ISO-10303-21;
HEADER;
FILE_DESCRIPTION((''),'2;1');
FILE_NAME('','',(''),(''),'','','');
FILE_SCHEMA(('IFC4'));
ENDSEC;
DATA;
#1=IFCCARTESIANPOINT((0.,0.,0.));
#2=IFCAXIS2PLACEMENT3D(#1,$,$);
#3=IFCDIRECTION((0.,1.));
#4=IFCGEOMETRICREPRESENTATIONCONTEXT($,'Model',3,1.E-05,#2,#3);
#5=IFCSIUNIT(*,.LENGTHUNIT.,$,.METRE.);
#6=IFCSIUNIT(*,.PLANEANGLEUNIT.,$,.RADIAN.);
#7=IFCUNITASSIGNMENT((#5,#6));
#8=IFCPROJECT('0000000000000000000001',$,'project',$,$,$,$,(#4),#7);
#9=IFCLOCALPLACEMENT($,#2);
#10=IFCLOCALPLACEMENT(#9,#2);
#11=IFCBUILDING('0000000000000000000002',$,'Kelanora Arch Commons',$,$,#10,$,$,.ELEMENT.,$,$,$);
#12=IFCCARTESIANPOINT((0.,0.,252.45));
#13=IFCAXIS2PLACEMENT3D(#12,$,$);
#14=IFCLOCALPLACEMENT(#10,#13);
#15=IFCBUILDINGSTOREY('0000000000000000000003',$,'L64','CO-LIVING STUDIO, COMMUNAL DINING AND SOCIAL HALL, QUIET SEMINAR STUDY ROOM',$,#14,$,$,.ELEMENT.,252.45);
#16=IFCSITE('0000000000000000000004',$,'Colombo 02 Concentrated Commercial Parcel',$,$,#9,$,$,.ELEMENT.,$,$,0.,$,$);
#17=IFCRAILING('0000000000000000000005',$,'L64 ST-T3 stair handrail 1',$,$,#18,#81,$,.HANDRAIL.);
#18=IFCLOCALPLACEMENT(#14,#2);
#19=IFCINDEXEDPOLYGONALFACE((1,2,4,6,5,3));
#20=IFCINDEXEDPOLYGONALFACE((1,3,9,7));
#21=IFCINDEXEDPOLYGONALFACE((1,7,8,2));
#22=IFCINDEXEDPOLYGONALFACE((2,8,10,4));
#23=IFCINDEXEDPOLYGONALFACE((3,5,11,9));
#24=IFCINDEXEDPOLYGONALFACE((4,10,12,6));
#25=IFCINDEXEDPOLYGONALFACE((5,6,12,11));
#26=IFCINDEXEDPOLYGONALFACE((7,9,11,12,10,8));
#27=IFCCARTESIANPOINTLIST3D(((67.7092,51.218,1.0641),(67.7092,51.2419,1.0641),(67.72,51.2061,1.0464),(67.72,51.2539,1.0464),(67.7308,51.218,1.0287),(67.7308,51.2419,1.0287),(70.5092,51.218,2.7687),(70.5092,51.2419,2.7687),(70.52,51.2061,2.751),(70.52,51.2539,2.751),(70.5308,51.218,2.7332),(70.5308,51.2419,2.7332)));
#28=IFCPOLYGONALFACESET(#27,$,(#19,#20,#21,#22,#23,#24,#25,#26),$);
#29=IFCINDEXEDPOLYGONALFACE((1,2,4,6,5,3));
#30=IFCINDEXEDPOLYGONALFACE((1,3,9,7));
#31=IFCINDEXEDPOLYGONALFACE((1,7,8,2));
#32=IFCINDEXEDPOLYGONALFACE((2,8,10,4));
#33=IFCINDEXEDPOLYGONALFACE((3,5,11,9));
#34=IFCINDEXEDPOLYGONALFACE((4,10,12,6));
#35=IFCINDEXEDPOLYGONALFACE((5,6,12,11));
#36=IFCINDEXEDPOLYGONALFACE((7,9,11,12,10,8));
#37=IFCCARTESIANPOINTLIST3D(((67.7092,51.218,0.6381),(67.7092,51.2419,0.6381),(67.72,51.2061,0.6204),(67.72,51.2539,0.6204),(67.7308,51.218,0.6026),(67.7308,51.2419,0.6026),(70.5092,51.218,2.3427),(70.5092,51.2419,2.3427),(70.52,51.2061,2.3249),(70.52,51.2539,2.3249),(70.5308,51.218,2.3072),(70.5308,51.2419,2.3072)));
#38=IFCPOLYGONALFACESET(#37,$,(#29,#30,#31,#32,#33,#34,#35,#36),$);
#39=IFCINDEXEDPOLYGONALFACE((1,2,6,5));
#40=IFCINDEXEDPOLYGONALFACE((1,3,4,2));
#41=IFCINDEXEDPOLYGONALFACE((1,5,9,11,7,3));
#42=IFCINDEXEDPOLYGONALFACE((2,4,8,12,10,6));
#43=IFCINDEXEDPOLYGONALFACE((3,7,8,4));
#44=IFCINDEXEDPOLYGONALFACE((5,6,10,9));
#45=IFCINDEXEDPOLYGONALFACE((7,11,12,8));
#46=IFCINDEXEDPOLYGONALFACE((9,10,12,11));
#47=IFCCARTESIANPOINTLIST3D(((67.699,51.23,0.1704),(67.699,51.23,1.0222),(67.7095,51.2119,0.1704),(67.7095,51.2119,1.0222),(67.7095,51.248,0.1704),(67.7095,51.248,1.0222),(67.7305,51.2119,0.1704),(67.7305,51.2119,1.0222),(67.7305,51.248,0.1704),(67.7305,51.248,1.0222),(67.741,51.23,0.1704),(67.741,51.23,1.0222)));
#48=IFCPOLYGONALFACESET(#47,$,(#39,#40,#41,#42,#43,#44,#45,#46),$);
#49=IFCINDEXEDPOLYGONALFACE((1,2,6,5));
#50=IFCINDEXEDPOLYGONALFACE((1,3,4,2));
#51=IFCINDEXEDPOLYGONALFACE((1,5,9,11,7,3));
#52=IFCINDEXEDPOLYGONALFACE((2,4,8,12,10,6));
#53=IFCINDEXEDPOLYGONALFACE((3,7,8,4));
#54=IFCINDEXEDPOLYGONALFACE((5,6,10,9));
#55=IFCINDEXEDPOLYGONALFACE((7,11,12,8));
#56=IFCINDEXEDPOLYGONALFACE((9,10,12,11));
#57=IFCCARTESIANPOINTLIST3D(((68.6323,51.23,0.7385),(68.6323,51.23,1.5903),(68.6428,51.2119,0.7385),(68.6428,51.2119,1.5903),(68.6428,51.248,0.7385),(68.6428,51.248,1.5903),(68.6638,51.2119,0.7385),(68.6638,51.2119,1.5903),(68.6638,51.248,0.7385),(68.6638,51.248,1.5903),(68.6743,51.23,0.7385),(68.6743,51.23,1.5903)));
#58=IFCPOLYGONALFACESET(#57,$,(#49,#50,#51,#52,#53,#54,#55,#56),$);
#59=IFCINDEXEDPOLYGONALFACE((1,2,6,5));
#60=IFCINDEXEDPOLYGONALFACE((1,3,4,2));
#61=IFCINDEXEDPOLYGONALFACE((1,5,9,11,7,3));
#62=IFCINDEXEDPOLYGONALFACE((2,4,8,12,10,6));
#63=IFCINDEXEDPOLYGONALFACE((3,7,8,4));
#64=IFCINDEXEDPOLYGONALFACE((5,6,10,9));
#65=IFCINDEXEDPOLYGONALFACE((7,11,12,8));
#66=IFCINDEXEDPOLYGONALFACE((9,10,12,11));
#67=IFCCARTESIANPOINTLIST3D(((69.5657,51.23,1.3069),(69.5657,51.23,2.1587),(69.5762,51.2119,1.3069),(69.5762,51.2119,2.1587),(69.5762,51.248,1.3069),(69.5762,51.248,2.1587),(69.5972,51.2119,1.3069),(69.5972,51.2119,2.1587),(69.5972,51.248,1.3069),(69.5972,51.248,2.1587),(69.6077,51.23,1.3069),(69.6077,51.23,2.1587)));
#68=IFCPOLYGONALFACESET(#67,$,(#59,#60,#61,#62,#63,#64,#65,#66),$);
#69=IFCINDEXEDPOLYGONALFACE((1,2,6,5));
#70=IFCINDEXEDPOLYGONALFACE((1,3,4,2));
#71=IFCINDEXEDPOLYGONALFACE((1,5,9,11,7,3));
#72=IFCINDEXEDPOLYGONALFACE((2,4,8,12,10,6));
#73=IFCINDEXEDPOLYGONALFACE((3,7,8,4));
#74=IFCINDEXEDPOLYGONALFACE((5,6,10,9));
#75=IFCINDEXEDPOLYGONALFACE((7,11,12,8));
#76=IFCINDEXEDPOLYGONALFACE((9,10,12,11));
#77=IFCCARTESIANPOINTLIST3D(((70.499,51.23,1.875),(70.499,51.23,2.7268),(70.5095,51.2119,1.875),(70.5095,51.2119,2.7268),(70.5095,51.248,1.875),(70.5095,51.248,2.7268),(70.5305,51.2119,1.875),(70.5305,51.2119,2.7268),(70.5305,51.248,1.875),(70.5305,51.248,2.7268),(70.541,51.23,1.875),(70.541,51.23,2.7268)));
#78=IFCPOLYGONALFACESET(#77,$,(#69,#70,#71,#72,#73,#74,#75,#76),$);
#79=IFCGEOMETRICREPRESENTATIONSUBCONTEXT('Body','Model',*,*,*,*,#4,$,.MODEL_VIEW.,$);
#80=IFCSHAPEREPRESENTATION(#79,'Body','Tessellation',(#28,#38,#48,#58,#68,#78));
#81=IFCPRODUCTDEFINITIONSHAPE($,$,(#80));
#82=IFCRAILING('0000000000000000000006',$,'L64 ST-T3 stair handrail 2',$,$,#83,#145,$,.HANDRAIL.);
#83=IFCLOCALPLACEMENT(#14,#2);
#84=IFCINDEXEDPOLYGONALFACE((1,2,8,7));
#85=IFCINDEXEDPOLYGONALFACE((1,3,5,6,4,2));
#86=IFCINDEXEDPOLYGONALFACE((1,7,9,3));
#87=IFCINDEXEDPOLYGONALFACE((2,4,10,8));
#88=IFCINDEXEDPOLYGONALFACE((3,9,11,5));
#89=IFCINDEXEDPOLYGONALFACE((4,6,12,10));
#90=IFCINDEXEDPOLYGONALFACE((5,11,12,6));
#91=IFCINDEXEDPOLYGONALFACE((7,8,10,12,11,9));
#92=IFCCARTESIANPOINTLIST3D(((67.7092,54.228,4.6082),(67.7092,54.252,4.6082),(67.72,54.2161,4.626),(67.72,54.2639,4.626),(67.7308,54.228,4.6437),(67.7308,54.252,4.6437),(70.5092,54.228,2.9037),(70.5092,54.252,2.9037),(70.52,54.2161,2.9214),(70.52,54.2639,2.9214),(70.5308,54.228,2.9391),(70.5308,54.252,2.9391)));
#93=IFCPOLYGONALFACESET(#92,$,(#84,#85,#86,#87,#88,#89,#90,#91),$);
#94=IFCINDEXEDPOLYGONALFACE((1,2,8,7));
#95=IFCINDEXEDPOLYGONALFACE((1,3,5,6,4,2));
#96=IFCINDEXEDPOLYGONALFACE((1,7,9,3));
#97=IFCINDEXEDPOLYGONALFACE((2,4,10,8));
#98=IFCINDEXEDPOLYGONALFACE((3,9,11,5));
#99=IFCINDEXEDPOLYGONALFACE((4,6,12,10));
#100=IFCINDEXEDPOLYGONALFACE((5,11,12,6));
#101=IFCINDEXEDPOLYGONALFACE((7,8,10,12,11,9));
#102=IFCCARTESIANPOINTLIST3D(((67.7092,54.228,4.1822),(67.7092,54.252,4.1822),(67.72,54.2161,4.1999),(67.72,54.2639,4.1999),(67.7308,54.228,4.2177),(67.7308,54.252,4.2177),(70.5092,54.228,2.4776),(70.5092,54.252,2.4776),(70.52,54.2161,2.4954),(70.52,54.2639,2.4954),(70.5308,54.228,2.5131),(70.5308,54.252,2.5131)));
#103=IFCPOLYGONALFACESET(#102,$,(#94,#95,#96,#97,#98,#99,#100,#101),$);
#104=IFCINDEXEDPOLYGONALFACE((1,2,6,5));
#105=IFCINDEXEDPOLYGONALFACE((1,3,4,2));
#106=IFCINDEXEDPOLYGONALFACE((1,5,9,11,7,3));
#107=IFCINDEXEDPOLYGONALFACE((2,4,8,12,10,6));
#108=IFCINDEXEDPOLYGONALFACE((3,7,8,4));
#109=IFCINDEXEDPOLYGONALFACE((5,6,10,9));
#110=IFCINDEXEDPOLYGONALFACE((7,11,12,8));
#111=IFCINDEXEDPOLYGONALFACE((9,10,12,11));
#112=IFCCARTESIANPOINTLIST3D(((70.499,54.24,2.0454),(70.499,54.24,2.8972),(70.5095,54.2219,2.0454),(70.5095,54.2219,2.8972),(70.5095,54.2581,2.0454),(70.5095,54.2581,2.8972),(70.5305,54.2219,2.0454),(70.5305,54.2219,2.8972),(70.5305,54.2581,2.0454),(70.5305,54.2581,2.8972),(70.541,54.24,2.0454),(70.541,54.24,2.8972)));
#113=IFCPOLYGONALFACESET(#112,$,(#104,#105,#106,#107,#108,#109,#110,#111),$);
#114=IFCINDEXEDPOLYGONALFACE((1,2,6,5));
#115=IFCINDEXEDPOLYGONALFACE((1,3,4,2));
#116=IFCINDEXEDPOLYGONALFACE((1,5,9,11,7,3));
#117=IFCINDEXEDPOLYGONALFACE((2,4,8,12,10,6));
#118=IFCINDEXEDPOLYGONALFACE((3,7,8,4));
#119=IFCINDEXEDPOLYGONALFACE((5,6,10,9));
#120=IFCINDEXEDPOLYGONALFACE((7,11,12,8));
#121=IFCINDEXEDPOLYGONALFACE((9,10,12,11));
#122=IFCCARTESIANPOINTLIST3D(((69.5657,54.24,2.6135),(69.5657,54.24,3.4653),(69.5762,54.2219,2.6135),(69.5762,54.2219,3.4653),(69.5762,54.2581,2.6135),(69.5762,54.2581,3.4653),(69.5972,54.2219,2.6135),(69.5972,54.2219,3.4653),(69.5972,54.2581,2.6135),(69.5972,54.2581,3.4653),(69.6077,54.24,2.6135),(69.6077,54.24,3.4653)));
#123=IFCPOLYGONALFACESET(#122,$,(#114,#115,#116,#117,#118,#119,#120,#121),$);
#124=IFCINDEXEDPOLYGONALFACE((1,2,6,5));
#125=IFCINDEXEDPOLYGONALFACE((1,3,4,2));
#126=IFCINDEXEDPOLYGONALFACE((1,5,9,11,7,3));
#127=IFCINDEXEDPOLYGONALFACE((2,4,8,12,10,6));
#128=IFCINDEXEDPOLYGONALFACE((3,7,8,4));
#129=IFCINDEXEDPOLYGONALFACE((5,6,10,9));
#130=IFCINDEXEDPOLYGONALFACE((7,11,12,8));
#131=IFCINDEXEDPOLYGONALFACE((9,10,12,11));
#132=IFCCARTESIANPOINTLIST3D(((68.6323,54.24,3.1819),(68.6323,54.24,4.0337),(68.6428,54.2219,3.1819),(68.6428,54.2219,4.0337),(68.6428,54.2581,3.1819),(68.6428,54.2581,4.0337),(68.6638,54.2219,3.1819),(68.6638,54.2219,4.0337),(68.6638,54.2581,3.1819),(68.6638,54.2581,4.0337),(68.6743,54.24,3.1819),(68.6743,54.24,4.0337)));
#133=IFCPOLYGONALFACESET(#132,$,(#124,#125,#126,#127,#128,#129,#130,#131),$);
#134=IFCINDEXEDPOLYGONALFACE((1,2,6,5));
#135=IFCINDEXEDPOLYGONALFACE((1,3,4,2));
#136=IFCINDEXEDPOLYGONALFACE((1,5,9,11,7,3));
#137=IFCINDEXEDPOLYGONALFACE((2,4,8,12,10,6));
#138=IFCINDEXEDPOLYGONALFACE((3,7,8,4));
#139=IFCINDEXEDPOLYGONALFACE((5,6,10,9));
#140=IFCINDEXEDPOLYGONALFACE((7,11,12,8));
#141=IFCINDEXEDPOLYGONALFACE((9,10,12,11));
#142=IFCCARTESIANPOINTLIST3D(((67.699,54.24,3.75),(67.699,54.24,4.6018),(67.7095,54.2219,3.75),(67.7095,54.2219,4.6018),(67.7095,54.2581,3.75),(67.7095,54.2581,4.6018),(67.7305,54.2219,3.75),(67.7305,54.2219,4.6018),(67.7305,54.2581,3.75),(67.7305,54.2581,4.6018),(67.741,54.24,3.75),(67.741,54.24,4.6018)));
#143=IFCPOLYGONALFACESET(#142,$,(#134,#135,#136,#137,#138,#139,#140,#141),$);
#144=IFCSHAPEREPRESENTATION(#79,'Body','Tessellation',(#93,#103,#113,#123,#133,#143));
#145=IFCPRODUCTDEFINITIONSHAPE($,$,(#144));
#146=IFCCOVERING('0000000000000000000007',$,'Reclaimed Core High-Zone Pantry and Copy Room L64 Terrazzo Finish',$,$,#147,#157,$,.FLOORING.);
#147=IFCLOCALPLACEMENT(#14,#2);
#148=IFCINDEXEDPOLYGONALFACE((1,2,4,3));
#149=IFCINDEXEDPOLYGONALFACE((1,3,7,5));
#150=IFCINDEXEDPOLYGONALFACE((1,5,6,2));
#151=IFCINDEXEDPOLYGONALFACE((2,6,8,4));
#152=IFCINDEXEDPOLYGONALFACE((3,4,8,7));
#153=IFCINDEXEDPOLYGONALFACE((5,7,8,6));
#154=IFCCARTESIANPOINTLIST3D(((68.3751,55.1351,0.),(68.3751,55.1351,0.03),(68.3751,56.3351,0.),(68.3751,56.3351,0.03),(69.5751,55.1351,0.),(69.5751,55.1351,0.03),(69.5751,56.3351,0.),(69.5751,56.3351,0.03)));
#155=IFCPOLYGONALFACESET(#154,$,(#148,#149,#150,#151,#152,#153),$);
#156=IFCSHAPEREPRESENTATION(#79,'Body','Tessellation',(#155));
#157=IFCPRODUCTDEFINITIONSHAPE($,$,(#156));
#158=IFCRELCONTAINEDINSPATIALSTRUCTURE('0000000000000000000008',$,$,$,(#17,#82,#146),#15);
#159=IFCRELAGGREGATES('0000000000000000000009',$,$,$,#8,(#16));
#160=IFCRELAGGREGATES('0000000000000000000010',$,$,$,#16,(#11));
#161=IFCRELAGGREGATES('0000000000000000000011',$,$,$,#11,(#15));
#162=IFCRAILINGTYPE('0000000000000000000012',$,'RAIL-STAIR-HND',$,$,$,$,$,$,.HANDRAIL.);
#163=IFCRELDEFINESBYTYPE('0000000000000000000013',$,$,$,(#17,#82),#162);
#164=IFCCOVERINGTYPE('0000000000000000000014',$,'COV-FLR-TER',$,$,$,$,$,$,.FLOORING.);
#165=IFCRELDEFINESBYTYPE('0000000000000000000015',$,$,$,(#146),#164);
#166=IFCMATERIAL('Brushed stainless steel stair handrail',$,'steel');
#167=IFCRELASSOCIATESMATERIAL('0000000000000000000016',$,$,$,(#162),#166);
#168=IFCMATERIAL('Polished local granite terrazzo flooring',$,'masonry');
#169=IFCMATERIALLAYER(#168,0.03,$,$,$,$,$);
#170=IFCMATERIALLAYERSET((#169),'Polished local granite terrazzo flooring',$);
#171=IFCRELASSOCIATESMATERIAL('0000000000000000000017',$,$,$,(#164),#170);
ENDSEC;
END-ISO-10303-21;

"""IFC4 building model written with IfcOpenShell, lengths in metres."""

from ifc_helpers import new_model, si_unit, direction, frame, origin, origin_2d, place, context, subcontext, project, spatial, polyline, rectangle, outline, extrude, source, transform, mapped, material, layer, layer_set, type_object, element, save


model = new_model("IFC4")

# Units and contexts
model_context = context("Model", 3, precision=1e-05, world=origin(), true_north=direction((0.0, 1.0)))
body_context = subcontext(model_context, "Body", "Model", "MODEL_VIEW")
ifc_project = project(units=[si_unit("LENGTHUNIT", "METRE"), si_unit("PLANEANGLEUNIT", "RADIAN")], contexts=[model_context])

# Site, building, storey
site_placement = place(None, origin())
site = spatial("IfcSite", under=ifc_project, at=site_placement, Name="Colombo 02 Concentrated Commercial Parcel", CompositionType="ELEMENT", RefElevation=0.0)
building_placement = place(site_placement, origin())
building = spatial("IfcBuilding", under=site, at=building_placement, Name="Kelanora Arch Commons", CompositionType="ELEMENT")
storey_placement = place(building_placement, frame((0.0, 0.0, 252.45)))
storey = spatial("IfcBuildingStorey", under=building, at=storey_placement, Name="L64", Description="CO-LIVING STUDIO, COMMUNAL DINING AND SOCIAL HALL, QUIET SEMINAR STUDY ROOM", CompositionType="ELEMENT", Elevation=252.45)

# Railings
ifc_material_1 = material(Name="Brushed stainless steel stair handrail", Category="steel")
railing_type_1 = type_object("IfcRailingType", Name="RAIL-STAIR-HND", PredefinedType="HANDRAIL", material=ifc_material_1)
railing_1_placement = place(storey_placement, frame((67.72, 51.23, 0.1704)))
element("IfcRailing", 1, at=railing_1_placement, inside=storey, type_object=railing_type_1, Name="L64 ST-T3 stair handrail 1", PredefinedType="HANDRAIL", context=body_context, shape_type="SweptSolid", body=[
    extrude(outline(polyline([(0.0239, 0.0), (0.012, 0.0208), (-0.012, 0.0208), (-0.0239, 0.0), (-0.012, -0.0208), (0.012, -0.0208), (0.0239, 0.0)])), frame((0.0, 0.0, 0.876), z_axis=(0.85417, 0.0, 0.519994), x_axis=(0.0, 1.0, 0.0)), (0.0, 0.0, 1.0), 3.2781),
    extrude(outline(polyline([(0.0239, 0.0), (0.012, 0.0208), (-0.012, 0.0208), (-0.0239, 0.0), (-0.012, -0.0208), (0.012, -0.0208), (0.0239, 0.0)])), frame((0.0, 0.0, 0.45), z_axis=(0.85417, 0.0, 0.519994), x_axis=(0.0, 1.0, 0.0)), (0.0, 0.0, 1.0), 3.2781),
    extrude(outline(polyline([(0.021, 0.0), (0.0105, 0.0181), (-0.0105, 0.0181), (-0.021, 0.0), (-0.0105, -0.0181), (0.0105, -0.0181), (0.021, 0.0)])), origin(), (0.0, 0.0, 1.0), 0.8518),
    extrude(outline(polyline([(0.021, 0.0), (0.0105, 0.0181), (-0.0105, 0.0181), (-0.021, 0.0), (-0.0105, -0.0181), (0.0105, -0.0181), (0.021, 0.0)])), frame((0.9333, 0.0, 0.5681)), (0.0, 0.0, 1.0), 0.8518),
    extrude(outline(polyline([(0.021, 0.0), (0.0105, 0.0181), (-0.0105, 0.0181), (-0.021, 0.0), (-0.0105, -0.0181), (0.0105, -0.0181), (0.021, 0.0)])), frame((1.8667, 0.0, 1.1365)), (0.0, 0.0, 1.0), 0.8518),
    extrude(outline(polyline([(0.021, 0.0), (0.0105, 0.0181), (-0.0105, 0.0181), (-0.021, 0.0), (-0.0105, -0.0181), (0.0105, -0.0181), (0.021, 0.0)])), frame((2.8, 0.0, 1.7046)), (0.0, 0.0, 1.0), 0.8518),
])
railing_2_placement = place(storey_placement, frame((70.52, 54.24, 2.0454)))
element("IfcRailing", 2, at=railing_2_placement, inside=storey, type_object=railing_type_1, Name="L64 ST-T3 stair handrail 2", PredefinedType="HANDRAIL", context=body_context, shape_type="SweptSolid", body=[
    extrude(outline(polyline([(0.0239, 0.0), (0.012, 0.0208), (-0.012, 0.0208), (-0.0239, 0.0), (-0.012, -0.0208), (0.012, -0.0208), (0.0239, 0.0)])), frame((0.0, 0.0, 0.876), z_axis=(-0.85417, 0.0, 0.519994), x_axis=(0.0, -1.0, 0.0)), (0.0, 0.0, 1.0), 3.2781),
    extrude(outline(polyline([(0.0239, 0.0), (0.012, 0.0208), (-0.012, 0.0208), (-0.0239, 0.0), (-0.012, -0.0208), (0.012, -0.0208), (0.0239, 0.0)])), frame((0.0, 0.0, 0.45), z_axis=(-0.85417, 0.0, 0.519994), x_axis=(0.0, -1.0, 0.0)), (0.0, 0.0, 1.0), 3.2781),
    extrude(outline(polyline([(0.021, 0.0), (0.0105, 0.0181), (-0.0105, 0.0181), (-0.021, 0.0), (-0.0105, -0.0181), (0.0105, -0.0181), (0.021, 0.0)])), origin(), (0.0, 0.0, 1.0), 0.8518),
    extrude(outline(polyline([(0.021, 0.0), (0.0105, 0.0181), (-0.0105, 0.0181), (-0.021, 0.0), (-0.0105, -0.0181), (0.0105, -0.0181), (0.021, 0.0)])), frame((-0.9333, 0.0, 0.5681)), (0.0, 0.0, 1.0), 0.8518),
    extrude(outline(polyline([(0.021, 0.0), (0.0105, 0.0181), (-0.0105, 0.0181), (-0.021, 0.0), (-0.0105, -0.0181), (0.0105, -0.0181), (0.021, 0.0)])), frame((-1.8667, 0.0, 1.1365)), (0.0, 0.0, 1.0), 0.8518),
    extrude(outline(polyline([(0.021, 0.0), (0.0105, 0.0181), (-0.0105, 0.0181), (-0.021, 0.0), (-0.0105, -0.0181), (0.0105, -0.0181), (0.021, 0.0)])), frame((-2.8, 0.0, 1.7046)), (0.0, 0.0, 1.0), 0.8518),
])

# Covering
ifc_material_2 = material(Name="Polished local granite terrazzo flooring", Category="masonry")
ifc_layer_1 = layer(ifc_material_2, 0.03)
ifc_layer_set_1 = layer_set([ifc_layer_1], Name="Polished local granite terrazzo flooring")
covering_type = type_object("IfcCoveringType", Name="COV-FLR-TER", PredefinedType="FLOORING", material=ifc_layer_set_1)
shared_shape = source(origin(), body_context, "Body", "SweptSolid", [
    extrude(rectangle(XDim=1.2, YDim=1.2, at=origin_2d()), origin(), (0.0, 0.0, 1.0), 0.03),
])
covering_placement = place(storey_placement, frame((68.9751, 55.7351, 0.0), z_axis=(0.0, 0.0, 1.0), x_axis=(1.0, 0.0, 0.0)))
element("IfcCovering", 3, at=covering_placement, inside=storey, type_object=covering_type, Name="Reclaimed Core High-Zone Pantry and Copy Room L64 Terrazzo Finish", PredefinedType="FLOORING", context=body_context, shape_type="MappedRepresentation", body=[
    mapped(shared_shape, transform((0.0, 0.0, 0.0), scale=1.0)),
])

save(model, "model.ifc")
